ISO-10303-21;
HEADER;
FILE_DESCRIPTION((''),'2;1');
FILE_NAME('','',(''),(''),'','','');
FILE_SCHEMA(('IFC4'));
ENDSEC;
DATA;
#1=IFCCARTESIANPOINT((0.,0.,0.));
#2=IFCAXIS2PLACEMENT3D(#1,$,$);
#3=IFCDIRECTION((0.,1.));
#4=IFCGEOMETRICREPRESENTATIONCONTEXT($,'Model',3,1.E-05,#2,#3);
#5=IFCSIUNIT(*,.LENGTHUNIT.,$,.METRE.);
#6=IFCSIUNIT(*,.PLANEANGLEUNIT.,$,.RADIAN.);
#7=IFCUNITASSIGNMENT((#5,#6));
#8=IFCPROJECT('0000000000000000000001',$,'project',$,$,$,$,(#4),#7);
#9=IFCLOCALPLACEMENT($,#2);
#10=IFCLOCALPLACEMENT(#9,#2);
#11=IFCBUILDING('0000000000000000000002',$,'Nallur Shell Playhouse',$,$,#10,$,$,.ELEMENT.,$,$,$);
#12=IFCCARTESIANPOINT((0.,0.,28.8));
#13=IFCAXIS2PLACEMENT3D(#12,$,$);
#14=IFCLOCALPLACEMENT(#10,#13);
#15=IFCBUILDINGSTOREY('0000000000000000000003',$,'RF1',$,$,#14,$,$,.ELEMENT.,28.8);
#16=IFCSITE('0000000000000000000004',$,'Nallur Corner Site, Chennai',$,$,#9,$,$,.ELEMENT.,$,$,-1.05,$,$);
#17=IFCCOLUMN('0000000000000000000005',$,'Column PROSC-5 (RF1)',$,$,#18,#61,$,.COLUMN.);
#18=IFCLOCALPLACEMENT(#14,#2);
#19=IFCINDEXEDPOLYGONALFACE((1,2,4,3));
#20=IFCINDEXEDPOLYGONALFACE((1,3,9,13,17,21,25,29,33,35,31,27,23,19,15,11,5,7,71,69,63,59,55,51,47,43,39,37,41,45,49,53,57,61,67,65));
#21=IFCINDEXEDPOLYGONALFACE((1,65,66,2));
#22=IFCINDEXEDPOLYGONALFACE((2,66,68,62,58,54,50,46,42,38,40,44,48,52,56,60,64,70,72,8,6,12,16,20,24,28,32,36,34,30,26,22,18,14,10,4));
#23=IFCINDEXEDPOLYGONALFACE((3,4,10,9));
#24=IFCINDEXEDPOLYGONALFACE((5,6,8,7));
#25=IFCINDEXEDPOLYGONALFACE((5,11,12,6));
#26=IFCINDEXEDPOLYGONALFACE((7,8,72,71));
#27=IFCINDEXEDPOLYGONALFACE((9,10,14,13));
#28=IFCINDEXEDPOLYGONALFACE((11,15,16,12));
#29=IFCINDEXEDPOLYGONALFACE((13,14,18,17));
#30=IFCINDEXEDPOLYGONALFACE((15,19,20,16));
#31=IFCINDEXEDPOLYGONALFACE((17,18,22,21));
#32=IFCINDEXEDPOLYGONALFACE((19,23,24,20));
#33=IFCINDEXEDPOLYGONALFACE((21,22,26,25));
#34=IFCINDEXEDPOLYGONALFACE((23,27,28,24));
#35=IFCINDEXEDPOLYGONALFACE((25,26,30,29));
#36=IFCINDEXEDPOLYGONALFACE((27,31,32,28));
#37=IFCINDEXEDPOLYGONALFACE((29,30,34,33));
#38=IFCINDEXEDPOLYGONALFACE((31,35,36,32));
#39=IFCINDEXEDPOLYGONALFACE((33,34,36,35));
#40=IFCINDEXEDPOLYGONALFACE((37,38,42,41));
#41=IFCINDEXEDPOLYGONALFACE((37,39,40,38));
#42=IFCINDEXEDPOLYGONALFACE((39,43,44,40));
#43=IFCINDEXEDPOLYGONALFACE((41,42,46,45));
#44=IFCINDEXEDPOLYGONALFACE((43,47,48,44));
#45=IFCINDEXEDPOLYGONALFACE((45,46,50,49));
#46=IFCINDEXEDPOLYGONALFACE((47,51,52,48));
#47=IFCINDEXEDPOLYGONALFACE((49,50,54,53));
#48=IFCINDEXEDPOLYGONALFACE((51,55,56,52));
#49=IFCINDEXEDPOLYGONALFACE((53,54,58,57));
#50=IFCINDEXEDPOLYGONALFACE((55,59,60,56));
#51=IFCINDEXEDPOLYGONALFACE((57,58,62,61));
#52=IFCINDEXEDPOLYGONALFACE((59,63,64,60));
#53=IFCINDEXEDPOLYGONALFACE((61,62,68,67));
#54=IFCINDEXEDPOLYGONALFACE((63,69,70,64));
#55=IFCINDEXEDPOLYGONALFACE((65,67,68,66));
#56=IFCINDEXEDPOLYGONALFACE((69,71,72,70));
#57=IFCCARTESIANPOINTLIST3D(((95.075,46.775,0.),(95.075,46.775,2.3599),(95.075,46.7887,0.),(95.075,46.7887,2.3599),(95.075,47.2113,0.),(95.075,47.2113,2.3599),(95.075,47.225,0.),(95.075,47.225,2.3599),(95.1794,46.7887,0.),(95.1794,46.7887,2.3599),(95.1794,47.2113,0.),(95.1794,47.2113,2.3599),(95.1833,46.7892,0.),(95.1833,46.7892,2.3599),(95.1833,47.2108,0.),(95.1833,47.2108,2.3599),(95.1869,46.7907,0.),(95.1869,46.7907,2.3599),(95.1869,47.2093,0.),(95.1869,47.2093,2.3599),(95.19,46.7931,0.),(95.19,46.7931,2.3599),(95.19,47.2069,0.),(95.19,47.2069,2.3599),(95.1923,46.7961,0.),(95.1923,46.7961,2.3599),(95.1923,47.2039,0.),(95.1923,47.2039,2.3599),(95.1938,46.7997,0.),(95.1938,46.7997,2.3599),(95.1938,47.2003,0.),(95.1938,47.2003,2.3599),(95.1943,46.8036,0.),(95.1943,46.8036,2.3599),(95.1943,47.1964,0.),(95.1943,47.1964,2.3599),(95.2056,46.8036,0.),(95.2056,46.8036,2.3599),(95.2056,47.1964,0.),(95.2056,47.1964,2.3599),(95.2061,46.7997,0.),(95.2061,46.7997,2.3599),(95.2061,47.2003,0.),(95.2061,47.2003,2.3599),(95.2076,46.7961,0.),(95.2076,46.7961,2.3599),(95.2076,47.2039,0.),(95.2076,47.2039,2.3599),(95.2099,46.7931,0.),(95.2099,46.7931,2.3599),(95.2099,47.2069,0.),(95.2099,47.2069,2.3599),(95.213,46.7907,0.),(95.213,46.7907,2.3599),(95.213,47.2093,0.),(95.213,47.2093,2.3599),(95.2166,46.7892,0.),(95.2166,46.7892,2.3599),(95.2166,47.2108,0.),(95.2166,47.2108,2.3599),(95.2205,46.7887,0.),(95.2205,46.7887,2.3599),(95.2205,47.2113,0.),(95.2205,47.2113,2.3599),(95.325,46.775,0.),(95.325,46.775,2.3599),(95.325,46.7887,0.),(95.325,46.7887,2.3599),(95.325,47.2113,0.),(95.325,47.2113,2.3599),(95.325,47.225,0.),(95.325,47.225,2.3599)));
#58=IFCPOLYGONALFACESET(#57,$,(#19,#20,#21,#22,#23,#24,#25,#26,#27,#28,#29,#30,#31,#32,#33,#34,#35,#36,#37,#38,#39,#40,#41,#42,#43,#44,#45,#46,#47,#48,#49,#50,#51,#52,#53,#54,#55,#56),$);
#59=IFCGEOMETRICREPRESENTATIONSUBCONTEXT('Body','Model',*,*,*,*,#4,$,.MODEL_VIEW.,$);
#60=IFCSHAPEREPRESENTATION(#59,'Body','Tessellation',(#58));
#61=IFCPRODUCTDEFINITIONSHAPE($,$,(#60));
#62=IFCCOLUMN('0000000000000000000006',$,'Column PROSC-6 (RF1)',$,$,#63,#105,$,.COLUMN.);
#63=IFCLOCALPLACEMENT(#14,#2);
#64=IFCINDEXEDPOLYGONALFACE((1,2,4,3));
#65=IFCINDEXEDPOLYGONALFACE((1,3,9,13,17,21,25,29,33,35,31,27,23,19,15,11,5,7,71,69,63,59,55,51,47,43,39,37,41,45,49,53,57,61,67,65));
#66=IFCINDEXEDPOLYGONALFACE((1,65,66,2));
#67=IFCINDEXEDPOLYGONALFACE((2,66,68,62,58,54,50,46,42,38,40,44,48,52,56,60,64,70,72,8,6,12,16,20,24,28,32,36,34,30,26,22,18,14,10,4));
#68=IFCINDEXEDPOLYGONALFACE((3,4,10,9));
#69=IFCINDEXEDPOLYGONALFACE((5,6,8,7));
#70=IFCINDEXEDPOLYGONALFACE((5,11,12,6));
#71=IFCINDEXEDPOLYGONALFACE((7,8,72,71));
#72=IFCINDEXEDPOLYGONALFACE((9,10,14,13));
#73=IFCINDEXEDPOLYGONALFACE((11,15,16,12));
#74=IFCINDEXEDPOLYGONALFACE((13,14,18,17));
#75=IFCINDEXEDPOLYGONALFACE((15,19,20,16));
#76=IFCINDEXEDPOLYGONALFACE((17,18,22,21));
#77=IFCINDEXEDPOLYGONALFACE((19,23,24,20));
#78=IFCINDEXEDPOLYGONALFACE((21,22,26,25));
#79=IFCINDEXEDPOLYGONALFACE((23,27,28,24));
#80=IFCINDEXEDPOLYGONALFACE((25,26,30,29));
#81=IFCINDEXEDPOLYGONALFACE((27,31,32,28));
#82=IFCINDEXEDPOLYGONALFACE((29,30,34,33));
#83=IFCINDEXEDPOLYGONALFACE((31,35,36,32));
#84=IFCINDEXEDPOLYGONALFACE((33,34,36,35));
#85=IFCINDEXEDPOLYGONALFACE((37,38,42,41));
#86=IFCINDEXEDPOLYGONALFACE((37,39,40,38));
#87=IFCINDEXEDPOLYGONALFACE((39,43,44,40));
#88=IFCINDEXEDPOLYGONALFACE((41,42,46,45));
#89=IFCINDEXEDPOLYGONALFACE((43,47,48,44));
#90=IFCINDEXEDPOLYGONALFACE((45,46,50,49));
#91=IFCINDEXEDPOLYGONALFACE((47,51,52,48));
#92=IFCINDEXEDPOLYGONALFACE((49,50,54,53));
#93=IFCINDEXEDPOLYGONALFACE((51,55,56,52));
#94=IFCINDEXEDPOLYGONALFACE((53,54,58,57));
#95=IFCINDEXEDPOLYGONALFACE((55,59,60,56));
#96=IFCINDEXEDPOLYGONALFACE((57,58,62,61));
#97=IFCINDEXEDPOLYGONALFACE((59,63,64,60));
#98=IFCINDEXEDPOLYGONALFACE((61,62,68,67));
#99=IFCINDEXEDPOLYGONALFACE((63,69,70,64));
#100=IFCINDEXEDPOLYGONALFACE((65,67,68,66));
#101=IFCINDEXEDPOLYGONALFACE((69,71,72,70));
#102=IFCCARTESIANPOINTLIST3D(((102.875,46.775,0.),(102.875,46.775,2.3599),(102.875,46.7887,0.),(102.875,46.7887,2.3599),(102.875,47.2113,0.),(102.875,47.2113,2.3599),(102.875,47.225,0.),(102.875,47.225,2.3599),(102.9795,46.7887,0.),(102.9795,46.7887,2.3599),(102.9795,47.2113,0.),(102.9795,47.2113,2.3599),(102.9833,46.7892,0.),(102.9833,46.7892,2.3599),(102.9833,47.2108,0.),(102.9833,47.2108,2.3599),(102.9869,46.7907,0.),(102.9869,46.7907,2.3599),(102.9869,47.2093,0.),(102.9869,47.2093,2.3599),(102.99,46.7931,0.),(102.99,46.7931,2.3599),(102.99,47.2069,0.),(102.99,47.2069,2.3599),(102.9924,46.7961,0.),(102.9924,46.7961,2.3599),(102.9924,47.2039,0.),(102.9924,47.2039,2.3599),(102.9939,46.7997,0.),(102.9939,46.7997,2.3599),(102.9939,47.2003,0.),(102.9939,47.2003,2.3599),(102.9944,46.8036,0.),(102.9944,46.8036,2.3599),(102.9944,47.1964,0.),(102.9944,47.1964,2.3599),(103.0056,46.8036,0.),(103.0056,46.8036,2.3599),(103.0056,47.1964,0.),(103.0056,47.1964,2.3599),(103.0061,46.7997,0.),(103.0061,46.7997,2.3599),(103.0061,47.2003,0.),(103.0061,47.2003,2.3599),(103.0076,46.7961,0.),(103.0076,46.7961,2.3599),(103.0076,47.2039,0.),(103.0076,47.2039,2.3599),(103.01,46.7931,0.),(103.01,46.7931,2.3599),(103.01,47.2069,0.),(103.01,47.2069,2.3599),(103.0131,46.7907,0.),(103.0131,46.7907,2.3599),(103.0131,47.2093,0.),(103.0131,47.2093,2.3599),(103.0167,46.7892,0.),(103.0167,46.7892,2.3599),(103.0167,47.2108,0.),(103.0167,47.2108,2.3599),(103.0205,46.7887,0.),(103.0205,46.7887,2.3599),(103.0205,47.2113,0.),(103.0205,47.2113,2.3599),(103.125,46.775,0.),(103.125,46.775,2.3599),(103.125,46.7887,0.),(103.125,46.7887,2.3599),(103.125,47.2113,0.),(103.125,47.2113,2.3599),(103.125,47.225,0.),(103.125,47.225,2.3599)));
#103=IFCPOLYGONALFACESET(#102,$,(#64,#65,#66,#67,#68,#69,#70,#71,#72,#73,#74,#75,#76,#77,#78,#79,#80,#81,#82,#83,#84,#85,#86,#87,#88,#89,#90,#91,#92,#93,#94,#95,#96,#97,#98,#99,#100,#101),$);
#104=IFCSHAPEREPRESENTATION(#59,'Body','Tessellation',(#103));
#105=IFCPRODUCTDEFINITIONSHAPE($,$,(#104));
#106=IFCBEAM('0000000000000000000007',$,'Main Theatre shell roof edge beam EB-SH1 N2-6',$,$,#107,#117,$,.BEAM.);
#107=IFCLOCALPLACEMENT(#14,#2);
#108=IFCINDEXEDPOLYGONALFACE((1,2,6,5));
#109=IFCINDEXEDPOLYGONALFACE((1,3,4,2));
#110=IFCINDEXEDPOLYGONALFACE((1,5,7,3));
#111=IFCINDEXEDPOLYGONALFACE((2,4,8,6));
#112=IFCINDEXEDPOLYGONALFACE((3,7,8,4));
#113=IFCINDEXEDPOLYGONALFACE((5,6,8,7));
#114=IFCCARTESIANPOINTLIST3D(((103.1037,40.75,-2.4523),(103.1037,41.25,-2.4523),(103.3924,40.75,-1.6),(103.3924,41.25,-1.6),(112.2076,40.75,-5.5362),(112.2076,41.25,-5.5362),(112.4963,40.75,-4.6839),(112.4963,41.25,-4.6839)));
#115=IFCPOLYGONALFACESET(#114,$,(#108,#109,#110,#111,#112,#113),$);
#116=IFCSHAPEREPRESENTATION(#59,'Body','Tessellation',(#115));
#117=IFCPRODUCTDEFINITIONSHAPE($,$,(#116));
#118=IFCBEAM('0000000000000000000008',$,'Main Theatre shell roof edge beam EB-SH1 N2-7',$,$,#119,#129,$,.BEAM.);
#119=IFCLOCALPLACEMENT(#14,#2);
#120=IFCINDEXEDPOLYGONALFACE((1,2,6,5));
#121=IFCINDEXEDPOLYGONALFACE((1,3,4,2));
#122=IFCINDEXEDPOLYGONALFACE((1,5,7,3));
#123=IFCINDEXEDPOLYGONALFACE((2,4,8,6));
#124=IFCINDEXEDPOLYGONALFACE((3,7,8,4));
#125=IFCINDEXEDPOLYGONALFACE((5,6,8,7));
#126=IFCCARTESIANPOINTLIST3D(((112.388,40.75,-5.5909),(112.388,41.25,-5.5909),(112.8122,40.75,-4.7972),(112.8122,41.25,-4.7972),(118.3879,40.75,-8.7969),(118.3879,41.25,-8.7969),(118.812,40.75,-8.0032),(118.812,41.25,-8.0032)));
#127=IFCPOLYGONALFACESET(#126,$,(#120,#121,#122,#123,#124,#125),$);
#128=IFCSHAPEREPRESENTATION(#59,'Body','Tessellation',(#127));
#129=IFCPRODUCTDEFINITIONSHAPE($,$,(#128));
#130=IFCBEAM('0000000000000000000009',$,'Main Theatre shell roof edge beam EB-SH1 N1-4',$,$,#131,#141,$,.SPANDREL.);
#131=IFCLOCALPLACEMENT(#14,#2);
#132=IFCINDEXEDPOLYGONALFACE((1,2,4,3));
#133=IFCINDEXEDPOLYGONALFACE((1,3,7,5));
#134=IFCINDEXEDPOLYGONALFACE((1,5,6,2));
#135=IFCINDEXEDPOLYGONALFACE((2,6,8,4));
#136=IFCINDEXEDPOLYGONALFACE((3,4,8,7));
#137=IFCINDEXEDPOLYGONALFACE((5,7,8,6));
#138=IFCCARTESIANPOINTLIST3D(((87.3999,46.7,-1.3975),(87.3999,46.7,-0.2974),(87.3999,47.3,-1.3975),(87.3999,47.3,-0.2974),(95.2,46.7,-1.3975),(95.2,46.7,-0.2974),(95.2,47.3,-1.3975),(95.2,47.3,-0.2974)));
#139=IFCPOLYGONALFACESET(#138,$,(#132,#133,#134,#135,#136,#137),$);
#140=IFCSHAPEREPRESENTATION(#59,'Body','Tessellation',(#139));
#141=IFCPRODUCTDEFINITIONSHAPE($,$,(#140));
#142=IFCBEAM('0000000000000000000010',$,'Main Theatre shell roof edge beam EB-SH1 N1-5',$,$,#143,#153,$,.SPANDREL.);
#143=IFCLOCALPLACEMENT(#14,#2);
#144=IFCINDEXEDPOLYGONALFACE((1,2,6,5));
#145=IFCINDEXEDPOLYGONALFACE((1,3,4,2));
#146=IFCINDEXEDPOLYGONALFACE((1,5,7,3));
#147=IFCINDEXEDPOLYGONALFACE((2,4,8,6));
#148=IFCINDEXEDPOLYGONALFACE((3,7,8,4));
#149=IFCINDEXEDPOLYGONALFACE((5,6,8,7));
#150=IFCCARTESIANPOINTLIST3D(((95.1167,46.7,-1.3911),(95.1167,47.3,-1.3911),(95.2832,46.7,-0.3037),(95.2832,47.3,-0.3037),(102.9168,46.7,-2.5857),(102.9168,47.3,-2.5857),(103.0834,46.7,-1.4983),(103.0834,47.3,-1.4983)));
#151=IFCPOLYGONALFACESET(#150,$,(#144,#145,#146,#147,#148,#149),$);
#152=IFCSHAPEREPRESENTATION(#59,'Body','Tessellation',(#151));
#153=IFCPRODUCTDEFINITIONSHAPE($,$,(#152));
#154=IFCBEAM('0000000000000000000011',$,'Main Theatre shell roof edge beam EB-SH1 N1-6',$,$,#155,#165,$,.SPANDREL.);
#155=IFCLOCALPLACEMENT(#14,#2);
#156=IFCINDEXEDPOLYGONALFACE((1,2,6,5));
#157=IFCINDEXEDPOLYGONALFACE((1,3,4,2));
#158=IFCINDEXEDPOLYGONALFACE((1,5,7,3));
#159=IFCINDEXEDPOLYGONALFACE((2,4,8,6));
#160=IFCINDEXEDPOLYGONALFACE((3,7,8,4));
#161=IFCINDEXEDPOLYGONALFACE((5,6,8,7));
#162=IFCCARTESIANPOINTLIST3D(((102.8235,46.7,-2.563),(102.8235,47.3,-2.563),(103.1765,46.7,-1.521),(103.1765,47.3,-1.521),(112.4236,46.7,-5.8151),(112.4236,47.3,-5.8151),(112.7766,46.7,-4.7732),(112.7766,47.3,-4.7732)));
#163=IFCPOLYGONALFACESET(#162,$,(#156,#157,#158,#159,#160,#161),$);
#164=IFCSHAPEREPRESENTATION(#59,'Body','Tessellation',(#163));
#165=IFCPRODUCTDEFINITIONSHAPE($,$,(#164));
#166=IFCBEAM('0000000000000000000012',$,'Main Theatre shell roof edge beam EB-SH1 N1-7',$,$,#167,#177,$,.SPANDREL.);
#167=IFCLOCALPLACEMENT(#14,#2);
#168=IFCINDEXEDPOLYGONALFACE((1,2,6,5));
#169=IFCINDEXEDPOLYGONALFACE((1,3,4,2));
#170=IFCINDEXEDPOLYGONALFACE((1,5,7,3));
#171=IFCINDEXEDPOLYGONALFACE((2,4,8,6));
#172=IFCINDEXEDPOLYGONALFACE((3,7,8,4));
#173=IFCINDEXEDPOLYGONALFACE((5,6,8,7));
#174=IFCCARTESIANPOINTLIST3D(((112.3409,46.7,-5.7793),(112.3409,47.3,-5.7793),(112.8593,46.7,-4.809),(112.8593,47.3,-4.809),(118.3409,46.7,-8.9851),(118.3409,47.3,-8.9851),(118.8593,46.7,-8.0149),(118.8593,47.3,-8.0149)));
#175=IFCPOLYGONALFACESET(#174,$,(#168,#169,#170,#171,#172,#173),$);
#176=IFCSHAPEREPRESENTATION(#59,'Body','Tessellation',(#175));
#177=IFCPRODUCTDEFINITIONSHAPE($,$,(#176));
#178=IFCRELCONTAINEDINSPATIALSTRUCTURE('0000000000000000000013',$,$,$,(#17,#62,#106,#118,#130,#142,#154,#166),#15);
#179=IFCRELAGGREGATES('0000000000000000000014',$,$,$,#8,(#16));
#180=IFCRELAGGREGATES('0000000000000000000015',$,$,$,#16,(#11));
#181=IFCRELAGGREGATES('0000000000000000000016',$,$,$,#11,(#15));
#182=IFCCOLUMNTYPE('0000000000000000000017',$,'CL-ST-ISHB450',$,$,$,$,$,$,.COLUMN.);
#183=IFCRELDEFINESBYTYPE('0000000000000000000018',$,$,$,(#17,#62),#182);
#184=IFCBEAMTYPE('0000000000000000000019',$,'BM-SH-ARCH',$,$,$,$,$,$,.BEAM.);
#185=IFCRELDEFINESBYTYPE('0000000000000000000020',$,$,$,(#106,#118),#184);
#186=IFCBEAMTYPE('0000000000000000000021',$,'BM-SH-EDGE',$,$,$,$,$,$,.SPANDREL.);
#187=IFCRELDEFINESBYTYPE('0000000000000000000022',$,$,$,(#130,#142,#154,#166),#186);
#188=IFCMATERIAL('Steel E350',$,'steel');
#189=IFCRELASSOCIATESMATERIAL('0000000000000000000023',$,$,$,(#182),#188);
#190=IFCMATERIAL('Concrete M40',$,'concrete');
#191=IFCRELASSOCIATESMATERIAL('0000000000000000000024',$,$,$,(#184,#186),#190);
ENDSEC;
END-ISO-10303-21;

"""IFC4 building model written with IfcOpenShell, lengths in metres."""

from ifc_helpers import new_model, si_unit, direction, frame, origin, origin_2d, place, context, subcontext, project, spatial, rectangle, i_section, extrude, material, material_profile, profile_set, type_object, element, save


model = new_model("IFC4")

# Units and contexts
model_context = context("Model", 3, precision=1e-05, world=origin(), true_north=direction((0.0, 1.0)))
body_context = subcontext(model_context, "Body", "Model", "MODEL_VIEW")
ifc_project = project(units=[si_unit("LENGTHUNIT", "METRE"), si_unit("PLANEANGLEUNIT", "RADIAN")], contexts=[model_context])

# Site, building, storey
site_placement = place(None, origin())
site = spatial("IfcSite", under=ifc_project, at=site_placement, Name="Nallur Corner Site, Chennai", CompositionType="ELEMENT", RefElevation=-1.05)
building_placement = place(site_placement, origin())
building = spatial("IfcBuilding", under=site, at=building_placement, Name="Nallur Shell Playhouse", CompositionType="ELEMENT")
storey_placement = place(building_placement, frame((0.0, 0.0, 28.8)))
storey = spatial("IfcBuildingStorey", under=building, at=storey_placement, Name="RF1", CompositionType="ELEMENT", Elevation=28.8)

# Columns
ifc_material_1 = material(Name="Steel E350", Category="steel")
ifc_material_profile_1 = material_profile(ifc_material_1, i_section(OverallWidth=0.25, OverallDepth=0.45, WebThickness=0.0112, FlangeThickness=0.0137, FilletRadius=0.0149, at=origin_2d()), Name="ISHB 450")
ifc_profile_set_1 = profile_set([ifc_material_profile_1], Name="Steel E350")
column_type_1 = type_object("IfcColumnType", Name="CL-ST-ISHB450", PredefinedType="COLUMN", material=ifc_profile_set_1)
for number, where, z_axis, x_axis, name in (
    (1, (95.2, 47.0, 0.0), (0.0, 0.0, 1.0), (1.0, 0.0, 0.0), "Column PROSC-5 (RF1)"),
    (2, (103.0, 47.0, 0.0), (0.0, 0.0, 1.0), (1.0, 0.0, 0.0), "Column PROSC-6 (RF1)"),
):
    element("IfcColumn", number, at=place(storey_placement, frame(where, z_axis=z_axis, x_axis=x_axis)), inside=storey, type_object=column_type_1, Name=name, PredefinedType="COLUMN", context=body_context, shape_type="SweptSolid", body=[
        extrude(i_section(OverallWidth=0.25, OverallDepth=0.45, WebThickness=0.0112, FlangeThickness=0.0137, FilletRadius=0.0149, at=origin_2d()), origin(), (0.0, 0.0, 1.0), 2.3599),
    ])

# Beams
ifc_material_2 = material(Name="Concrete M40", Category="concrete")
ifc_material_profile_2 = material_profile(ifc_material_2, rectangle(XDim=0.5, YDim=0.8999, at=origin_2d()), Name="RC 500x900")
ifc_profile_set_2 = profile_set([ifc_material_profile_2], Name="Concrete M40")
beam_type_1 = type_object("IfcBeamType", Name="BM-SH-ARCH", PredefinedType="BEAM", material=ifc_profile_set_2)
beam_1_placement = place(storey_placement, frame((103.248, 41.0, -2.0261), z_axis=(0.947133, 0.0, -0.320842), x_axis=(0.0, 1.0, 0.0)))
element("IfcBeam", 3, at=beam_1_placement, inside=storey, type_object=beam_type_1, Name="Main Theatre shell roof edge beam EB-SH1 N2-6", PredefinedType="BEAM", context=body_context, shape_type="SweptSolid", body=[
    extrude(rectangle(XDim=0.5, YDim=0.8999, at=origin_2d()), origin(), (0.0, 0.0, 1.0), 9.6121),
])
beam_2_placement = place(storey_placement, frame((112.6001, 41.0, -5.1941), z_axis=(0.881983, 0.0, -0.471281), x_axis=(0.0, 1.0, 0.0)))
element("IfcBeam", 4, at=beam_2_placement, inside=storey, type_object=beam_type_1, Name="Main Theatre shell roof edge beam EB-SH1 N2-7", PredefinedType="BEAM", context=body_context, shape_type="SweptSolid", body=[
    extrude(rectangle(XDim=0.5, YDim=0.8999, at=origin_2d()), origin(), (0.0, 0.0, 1.0), 6.8027),
])
ifc_material_profile_3 = material_profile(ifc_material_2, rectangle(XDim=0.6001, YDim=1.1001, at=origin_2d()), Name="RC 600x1100")
ifc_profile_set_3 = profile_set([ifc_material_profile_3], Name="Concrete M40")
beam_type_2 = type_object("IfcBeamType", Name="BM-SH-EDGE", PredefinedType="SPANDREL", material=ifc_profile_set_3)
beam_3_placement = place(storey_placement, frame((87.3999, 47.0, -0.8474), z_axis=(1.0, 0.0, 0.0), x_axis=(0.0, 1.0, 0.0)))
element("IfcBeam", 5, at=beam_3_placement, inside=storey, type_object=beam_type_2, Name="Main Theatre shell roof edge beam EB-SH1 N1-4", PredefinedType="SPANDREL", context=body_context, shape_type="SweptSolid", body=[
    extrude(rectangle(XDim=0.6001, YDim=1.1001, at=origin_2d()), origin(), (0.0, 0.0, 1.0), 7.8),
])
beam_4_placement = place(storey_placement, frame((95.2, 47.0, -0.8474), z_axis=(0.988475, 0.0, -0.151385), x_axis=(0.0, 1.0, 0.0)))
element("IfcBeam", 6, at=beam_4_placement, inside=storey, type_object=beam_type_2, Name="Main Theatre shell roof edge beam EB-SH1 N1-5", PredefinedType="SPANDREL", context=body_context, shape_type="SweptSolid", body=[
    extrude(rectangle(XDim=0.6001, YDim=1.1001, at=origin_2d()), origin(), (0.0, 0.0, 1.0), 7.8911),
])
beam_5_placement = place(storey_placement, frame((103.0, 47.0, -2.042), z_axis=(0.947128, 0.0, -0.320856), x_axis=(0.0, 1.0, 0.0)))
element("IfcBeam", 7, at=beam_5_placement, inside=storey, type_object=beam_type_2, Name="Main Theatre shell roof edge beam EB-SH1 N1-6", PredefinedType="SPANDREL", context=body_context, shape_type="SweptSolid", body=[
    extrude(rectangle(XDim=0.6001, YDim=1.1001, at=origin_2d()), origin(), (0.0, 0.0, 1.0), 10.136),
])
beam_6_placement = place(storey_placement, frame((112.6001, 47.0, -5.2942), z_axis=(0.881998, 0.0, -0.471253), x_axis=(0.0, 1.0, 0.0)))
element("IfcBeam", 8, at=beam_6_placement, inside=storey, type_object=beam_type_2, Name="Main Theatre shell roof edge beam EB-SH1 N1-7", PredefinedType="SPANDREL", context=body_context, shape_type="SweptSolid", body=[
    extrude(rectangle(XDim=0.6001, YDim=1.1001, at=origin_2d()), origin(), (0.0, 0.0, 1.0), 6.8027),
])

save(model, "model.ifc")
